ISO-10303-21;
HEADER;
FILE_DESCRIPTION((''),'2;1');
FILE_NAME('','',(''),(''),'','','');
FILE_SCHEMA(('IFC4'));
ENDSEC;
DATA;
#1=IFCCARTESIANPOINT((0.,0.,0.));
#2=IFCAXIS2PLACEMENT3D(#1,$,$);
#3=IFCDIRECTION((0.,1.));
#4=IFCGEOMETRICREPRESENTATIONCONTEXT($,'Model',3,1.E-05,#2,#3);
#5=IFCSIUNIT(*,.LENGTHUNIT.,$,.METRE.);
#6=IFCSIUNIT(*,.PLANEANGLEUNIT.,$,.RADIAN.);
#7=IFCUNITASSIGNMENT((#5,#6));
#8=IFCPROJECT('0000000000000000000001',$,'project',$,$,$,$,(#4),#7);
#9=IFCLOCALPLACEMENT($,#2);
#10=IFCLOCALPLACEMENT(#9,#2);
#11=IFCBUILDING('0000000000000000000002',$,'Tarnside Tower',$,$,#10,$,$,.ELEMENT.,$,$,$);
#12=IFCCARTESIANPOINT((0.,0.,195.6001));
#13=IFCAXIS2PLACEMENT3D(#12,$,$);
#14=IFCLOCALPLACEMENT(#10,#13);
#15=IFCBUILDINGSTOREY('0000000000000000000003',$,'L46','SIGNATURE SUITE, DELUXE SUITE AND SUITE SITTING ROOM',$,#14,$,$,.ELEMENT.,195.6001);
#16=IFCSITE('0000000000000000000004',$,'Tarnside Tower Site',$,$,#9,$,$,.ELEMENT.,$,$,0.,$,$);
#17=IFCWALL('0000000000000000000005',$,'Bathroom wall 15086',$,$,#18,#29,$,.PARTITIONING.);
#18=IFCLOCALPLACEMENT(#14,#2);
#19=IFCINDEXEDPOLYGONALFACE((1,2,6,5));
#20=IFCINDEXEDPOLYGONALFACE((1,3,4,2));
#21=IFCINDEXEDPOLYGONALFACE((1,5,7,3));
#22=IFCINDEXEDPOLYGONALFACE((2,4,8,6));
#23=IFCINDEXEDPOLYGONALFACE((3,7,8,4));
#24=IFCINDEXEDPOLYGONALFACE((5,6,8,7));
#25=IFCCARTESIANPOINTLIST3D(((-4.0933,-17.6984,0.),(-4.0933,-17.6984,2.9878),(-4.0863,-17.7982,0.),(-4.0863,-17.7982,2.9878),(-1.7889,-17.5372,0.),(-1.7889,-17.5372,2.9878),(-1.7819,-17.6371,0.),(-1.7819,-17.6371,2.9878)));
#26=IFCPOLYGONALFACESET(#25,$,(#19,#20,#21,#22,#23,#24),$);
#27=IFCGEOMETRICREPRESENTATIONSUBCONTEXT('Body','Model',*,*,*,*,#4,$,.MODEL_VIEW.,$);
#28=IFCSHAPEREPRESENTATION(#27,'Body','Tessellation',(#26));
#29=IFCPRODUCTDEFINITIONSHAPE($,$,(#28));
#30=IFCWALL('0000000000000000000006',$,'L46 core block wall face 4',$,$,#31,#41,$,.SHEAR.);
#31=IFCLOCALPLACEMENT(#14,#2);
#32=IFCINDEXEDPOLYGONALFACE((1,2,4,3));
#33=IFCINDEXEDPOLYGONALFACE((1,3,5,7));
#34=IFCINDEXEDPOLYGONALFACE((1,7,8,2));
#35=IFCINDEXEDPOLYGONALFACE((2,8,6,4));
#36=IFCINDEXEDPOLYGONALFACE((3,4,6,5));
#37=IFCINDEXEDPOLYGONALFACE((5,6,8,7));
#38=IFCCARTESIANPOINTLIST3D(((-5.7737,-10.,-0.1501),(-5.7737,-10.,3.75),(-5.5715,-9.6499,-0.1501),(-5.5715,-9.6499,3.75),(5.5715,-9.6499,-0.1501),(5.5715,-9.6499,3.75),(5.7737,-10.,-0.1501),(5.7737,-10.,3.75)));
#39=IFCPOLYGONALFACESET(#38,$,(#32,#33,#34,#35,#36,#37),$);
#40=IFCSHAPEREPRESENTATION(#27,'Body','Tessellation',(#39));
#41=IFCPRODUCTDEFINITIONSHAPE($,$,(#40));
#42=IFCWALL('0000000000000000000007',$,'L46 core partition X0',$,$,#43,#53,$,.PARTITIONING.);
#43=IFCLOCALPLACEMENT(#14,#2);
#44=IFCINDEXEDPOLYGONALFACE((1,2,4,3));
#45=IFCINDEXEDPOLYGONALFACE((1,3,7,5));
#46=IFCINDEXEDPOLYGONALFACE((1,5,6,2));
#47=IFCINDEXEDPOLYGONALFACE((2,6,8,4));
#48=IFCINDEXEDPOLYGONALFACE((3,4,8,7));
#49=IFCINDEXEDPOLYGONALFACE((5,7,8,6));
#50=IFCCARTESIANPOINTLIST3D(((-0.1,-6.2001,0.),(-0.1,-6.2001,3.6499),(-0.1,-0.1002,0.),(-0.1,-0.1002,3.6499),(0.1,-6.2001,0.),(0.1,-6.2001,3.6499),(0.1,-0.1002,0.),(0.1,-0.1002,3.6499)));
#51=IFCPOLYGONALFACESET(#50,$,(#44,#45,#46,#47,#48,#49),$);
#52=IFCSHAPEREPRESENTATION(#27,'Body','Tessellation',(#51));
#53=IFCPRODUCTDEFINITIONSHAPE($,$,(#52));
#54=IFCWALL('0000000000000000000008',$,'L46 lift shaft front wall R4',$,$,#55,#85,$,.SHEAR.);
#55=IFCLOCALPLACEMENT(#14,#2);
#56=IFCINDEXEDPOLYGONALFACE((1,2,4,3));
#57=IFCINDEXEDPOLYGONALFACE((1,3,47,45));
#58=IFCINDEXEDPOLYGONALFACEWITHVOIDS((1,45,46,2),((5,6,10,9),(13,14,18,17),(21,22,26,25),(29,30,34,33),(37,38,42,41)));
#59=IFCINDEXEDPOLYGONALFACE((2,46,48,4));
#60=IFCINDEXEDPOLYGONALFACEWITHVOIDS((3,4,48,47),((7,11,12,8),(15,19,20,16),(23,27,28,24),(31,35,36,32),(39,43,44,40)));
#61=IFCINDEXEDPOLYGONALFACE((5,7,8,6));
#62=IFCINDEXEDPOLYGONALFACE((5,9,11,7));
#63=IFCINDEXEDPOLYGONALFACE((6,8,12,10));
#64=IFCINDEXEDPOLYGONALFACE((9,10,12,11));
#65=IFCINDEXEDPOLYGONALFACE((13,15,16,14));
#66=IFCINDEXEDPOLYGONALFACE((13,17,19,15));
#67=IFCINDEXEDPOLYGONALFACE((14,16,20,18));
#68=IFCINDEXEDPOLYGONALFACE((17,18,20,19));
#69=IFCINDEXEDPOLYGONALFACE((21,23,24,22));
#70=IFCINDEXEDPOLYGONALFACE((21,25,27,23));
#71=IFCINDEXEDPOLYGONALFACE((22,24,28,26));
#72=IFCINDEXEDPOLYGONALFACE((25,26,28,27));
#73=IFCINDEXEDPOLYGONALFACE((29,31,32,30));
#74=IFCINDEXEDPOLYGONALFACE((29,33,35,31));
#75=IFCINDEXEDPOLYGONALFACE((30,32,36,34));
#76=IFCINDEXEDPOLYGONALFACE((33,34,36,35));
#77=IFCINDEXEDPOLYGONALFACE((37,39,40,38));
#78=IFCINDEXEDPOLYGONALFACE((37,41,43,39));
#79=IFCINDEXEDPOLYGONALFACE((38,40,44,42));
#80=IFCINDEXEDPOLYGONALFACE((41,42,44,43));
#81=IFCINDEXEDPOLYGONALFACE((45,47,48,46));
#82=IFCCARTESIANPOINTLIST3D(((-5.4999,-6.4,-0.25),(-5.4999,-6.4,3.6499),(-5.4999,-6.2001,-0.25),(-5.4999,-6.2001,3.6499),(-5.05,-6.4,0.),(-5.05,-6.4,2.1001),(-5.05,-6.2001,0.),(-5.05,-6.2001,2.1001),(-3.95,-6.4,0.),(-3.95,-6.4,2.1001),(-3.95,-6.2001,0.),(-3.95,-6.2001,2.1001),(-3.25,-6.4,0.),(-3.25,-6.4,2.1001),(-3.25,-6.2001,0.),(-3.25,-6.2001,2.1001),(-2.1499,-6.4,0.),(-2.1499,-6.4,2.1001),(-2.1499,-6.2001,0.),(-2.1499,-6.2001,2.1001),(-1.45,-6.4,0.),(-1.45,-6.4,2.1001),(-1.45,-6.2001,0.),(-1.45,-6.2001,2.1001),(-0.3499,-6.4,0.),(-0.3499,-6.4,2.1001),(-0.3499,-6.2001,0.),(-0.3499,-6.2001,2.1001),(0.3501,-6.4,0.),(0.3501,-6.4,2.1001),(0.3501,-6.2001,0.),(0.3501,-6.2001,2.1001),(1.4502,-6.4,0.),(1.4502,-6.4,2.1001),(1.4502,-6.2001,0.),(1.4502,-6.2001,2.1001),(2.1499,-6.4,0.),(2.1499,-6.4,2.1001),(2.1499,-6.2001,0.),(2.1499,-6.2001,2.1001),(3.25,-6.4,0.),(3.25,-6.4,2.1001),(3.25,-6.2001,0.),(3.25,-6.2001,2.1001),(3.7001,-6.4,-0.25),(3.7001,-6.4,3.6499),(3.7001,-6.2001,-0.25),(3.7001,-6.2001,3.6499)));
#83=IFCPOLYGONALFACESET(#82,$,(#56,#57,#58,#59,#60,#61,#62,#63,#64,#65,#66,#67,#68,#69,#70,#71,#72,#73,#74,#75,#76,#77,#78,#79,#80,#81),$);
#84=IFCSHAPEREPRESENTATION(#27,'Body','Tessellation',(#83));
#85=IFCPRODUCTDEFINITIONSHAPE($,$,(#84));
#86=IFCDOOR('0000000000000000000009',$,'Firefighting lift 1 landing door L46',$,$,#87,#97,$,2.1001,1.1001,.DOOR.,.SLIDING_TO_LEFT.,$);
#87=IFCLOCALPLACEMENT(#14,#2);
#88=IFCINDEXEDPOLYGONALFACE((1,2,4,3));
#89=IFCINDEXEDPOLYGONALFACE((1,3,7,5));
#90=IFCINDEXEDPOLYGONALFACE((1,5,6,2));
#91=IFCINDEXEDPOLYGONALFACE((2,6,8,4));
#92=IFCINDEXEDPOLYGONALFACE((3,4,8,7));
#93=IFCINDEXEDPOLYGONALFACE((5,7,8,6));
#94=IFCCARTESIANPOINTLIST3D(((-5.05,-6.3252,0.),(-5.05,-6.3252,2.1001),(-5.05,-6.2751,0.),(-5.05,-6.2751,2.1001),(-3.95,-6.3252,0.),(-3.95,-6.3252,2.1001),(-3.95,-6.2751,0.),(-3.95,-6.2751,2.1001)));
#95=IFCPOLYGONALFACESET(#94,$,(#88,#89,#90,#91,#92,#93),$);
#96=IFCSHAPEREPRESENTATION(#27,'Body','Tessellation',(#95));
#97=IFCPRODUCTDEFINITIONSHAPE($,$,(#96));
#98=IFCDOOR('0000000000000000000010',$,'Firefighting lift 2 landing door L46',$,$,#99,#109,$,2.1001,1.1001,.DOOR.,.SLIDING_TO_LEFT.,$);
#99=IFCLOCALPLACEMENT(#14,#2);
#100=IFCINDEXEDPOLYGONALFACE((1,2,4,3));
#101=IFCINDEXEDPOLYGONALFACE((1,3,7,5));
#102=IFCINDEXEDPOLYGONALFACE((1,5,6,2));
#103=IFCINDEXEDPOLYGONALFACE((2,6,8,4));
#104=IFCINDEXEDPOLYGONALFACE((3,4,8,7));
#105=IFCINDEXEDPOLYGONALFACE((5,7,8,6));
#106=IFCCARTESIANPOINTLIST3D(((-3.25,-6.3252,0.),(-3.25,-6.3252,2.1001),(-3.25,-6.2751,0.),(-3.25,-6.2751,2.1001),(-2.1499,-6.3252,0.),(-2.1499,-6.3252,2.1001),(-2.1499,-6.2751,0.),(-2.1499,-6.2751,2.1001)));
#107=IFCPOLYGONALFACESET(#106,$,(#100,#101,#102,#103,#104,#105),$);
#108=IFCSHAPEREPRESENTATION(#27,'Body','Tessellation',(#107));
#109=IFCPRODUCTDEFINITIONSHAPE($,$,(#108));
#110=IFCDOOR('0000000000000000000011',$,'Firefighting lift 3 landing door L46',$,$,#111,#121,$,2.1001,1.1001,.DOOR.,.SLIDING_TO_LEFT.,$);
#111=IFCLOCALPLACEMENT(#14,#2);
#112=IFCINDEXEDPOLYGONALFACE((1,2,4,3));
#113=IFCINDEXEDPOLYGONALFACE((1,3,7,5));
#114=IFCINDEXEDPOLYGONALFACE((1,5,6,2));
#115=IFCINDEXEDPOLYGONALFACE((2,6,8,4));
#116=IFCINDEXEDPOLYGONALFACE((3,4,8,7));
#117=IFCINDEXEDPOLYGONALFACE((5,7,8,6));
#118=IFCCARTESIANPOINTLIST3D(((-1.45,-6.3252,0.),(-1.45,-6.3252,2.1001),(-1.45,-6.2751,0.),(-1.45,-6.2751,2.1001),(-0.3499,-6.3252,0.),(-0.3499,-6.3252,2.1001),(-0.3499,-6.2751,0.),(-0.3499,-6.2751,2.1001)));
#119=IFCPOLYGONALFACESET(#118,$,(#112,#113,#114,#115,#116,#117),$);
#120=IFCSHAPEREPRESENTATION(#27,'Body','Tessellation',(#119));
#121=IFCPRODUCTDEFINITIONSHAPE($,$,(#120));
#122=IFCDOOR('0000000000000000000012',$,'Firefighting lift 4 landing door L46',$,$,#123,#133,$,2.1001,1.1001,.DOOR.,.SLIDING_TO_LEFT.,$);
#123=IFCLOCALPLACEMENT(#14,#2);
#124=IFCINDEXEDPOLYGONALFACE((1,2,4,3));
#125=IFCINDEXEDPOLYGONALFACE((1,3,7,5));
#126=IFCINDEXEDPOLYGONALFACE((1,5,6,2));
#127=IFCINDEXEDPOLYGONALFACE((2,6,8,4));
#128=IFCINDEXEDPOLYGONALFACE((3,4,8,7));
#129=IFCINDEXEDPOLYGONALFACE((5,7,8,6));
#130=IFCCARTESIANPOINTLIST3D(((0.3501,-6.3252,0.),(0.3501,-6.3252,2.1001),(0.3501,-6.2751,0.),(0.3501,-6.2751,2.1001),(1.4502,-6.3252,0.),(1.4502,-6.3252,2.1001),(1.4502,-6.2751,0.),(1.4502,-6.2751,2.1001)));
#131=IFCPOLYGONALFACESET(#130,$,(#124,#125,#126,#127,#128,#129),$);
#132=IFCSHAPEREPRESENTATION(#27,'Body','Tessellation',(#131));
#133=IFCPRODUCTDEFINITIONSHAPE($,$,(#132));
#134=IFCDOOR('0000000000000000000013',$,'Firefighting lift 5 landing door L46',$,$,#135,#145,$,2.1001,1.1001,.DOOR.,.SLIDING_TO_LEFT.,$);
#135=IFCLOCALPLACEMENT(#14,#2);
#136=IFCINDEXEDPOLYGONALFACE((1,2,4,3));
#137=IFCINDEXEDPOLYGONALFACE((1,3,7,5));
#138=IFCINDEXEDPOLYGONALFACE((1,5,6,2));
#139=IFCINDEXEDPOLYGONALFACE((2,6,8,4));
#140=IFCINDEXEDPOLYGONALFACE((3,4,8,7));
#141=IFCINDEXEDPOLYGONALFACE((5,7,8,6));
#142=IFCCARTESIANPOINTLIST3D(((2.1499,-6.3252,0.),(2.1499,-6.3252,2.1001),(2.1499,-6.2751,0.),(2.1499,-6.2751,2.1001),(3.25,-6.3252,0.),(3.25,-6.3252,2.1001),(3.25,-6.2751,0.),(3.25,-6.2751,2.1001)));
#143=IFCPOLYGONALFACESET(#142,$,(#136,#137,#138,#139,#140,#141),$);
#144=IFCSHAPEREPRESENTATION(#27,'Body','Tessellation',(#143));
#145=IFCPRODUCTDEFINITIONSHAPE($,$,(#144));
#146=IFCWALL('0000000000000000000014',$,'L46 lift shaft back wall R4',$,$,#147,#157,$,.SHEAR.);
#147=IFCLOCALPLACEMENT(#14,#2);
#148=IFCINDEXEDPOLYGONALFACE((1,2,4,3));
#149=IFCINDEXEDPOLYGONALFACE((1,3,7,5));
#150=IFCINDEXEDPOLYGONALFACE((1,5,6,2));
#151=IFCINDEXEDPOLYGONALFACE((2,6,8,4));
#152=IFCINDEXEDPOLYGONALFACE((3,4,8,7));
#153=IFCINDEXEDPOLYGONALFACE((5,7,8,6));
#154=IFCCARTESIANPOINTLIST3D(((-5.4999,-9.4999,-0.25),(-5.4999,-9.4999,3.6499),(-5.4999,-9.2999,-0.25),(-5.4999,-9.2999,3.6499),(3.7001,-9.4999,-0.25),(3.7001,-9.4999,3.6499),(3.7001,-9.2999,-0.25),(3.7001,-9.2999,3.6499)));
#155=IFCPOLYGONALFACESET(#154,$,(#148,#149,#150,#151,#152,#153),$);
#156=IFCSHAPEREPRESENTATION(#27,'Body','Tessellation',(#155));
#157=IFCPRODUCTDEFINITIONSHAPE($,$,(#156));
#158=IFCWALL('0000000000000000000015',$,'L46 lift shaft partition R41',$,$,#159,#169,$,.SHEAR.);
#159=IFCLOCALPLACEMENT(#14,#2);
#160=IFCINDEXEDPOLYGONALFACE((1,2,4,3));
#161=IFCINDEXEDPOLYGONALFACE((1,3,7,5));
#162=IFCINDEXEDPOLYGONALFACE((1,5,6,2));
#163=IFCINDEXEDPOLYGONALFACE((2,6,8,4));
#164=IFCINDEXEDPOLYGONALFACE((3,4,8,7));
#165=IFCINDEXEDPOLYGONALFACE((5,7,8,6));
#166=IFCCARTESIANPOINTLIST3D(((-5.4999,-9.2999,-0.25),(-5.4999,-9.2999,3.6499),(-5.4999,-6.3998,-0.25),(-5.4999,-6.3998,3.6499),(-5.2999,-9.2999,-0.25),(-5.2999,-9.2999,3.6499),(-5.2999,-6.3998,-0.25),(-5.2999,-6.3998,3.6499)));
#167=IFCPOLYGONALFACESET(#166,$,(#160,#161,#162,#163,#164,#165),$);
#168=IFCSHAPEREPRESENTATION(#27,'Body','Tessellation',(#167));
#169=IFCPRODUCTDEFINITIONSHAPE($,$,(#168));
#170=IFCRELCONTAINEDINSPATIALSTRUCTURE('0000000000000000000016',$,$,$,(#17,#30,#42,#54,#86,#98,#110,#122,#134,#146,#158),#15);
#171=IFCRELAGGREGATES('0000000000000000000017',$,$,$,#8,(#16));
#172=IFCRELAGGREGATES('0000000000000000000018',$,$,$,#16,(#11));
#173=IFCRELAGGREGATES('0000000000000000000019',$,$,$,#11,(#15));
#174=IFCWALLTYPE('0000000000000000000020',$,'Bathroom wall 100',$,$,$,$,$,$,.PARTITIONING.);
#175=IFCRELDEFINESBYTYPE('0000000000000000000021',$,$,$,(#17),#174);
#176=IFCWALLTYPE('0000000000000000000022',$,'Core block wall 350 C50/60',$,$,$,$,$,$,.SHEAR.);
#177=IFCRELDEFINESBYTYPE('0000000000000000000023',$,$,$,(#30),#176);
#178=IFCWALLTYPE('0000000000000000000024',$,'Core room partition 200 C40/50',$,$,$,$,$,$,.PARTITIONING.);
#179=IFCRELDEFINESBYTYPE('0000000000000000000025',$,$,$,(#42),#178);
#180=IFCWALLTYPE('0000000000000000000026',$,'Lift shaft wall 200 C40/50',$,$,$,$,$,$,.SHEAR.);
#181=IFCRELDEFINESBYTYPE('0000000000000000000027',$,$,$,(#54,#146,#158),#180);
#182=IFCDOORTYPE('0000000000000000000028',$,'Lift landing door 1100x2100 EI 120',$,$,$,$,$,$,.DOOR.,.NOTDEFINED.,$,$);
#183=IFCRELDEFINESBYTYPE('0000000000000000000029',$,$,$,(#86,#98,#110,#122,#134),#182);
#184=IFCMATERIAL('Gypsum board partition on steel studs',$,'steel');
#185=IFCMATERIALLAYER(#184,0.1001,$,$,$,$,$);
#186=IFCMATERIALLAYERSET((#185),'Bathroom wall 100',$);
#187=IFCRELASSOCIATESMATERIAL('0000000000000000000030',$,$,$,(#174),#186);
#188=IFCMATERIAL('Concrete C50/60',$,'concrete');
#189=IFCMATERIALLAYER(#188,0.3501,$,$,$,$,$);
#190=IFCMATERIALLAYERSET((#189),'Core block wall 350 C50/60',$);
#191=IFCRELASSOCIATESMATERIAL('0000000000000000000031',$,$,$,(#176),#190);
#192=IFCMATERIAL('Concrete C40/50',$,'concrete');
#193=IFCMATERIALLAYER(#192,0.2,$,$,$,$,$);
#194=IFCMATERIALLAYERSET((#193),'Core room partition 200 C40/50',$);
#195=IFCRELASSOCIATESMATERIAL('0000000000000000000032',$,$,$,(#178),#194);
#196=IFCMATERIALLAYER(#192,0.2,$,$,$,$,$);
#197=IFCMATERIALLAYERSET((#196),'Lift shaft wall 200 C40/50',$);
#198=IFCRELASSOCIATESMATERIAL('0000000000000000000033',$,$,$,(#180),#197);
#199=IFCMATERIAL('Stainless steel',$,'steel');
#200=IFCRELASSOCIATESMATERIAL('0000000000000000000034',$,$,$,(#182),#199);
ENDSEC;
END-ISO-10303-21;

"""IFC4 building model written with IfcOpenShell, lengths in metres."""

from ifc_helpers import new_model, si_unit, direction, frame, frame_2d, origin, place, context, subcontext, project, spatial, polyline, rectangle, outline, extrude, material, layer, layer_set, type_object, element, fill, save


model = new_model("IFC4")

# Units and contexts
model_context = context("Model", 3, precision=1e-05, world=origin(), true_north=direction((0.0, 1.0)))
body_context = subcontext(model_context, "Body", "Model", "MODEL_VIEW")
ifc_project = project(units=[si_unit("LENGTHUNIT", "METRE"), si_unit("PLANEANGLEUNIT", "RADIAN")], contexts=[model_context])

# Site, building, storey
site_placement = place(None, origin())
site = spatial("IfcSite", under=ifc_project, at=site_placement, Name="Tarnside Tower Site", CompositionType="ELEMENT", RefElevation=0.0)
building_placement = place(site_placement, origin())
building = spatial("IfcBuilding", under=site, at=building_placement, Name="Tarnside Tower", CompositionType="ELEMENT")
storey_placement = place(building_placement, frame((0.0, 0.0, 195.6001)))
storey = spatial("IfcBuildingStorey", under=building, at=storey_placement, Name="L46", Description="SIGNATURE SUITE, DELUXE SUITE AND SUITE SITTING ROOM", CompositionType="ELEMENT", Elevation=195.6001)

# Walls
ifc_material_1 = material(Name="Gypsum board partition on steel studs", Category="steel")
ifc_layer_1 = layer(ifc_material_1, 0.1001)
ifc_layer_set_1 = layer_set([ifc_layer_1], Name="Bathroom wall 100")
wall_type_1 = type_object("IfcWallType", Name="Bathroom wall 100", PredefinedType="PARTITIONING", material=ifc_layer_set_1)
wall_1_placement = place(storey_placement, frame((-1.7854, -17.5872, 0.0), z_axis=(0.0, 0.0, 1.0), x_axis=(-0.997564, -0.069752, 0.0)))
element("IfcWall", 1, at=wall_1_placement, inside=storey, type_object=wall_type_1, Name="Bathroom wall 15086", PredefinedType="PARTITIONING", context=body_context, shape_type="SweptSolid", body=[
    extrude(rectangle(XDim=2.3101, YDim=0.1001, at=frame_2d((1.155, 0.0))), origin(), (0.0, 0.0, 1.0), 2.9878),
])
ifc_material_2 = material(Name="Concrete C50/60", Category="concrete")
ifc_layer_2 = layer(ifc_material_2, 0.3501)
ifc_layer_set_2 = layer_set([ifc_layer_2], Name="Core block wall 350 C50/60")
wall_type_2 = type_object("IfcWallType", Name="Core block wall 350 C50/60", PredefinedType="SHEAR", material=ifc_layer_set_2)
wall_2_placement = place(storey_placement, frame((-5.6726, -9.825, -0.1501), z_axis=(0.0, 0.0, 1.0), x_axis=(1.0, 0.0, 0.0)))
element("IfcWall", 2, at=wall_2_placement, inside=storey, type_object=wall_type_2, Name="L46 core block wall face 4", PredefinedType="SHEAR", context=body_context, shape_type="SweptSolid", body=[
    extrude(outline(polyline([(-0.1011, -0.175), (11.4463, -0.175), (11.2441, 0.175), (0.1011, 0.175), (-0.1011, -0.175)])), origin(), (0.0, 0.0, 1.0), 3.9001),
])
ifc_material_3 = material(Name="Concrete C40/50", Category="concrete")
ifc_layer_3 = layer(ifc_material_3, 0.2)
ifc_layer_set_3 = layer_set([ifc_layer_3], Name="Core room partition 200 C40/50")
wall_type_3 = type_object("IfcWallType", Name="Core room partition 200 C40/50", PredefinedType="PARTITIONING", material=ifc_layer_set_3)
wall_3_placement = place(storey_placement, frame((0.0, -6.2, 0.0), z_axis=(0.0, 0.0, 1.0), x_axis=(0.0, 1.0, 0.0)))
element("IfcWall", 3, at=wall_3_placement, inside=storey, type_object=wall_type_3, Name="L46 core partition X0", PredefinedType="PARTITIONING", context=body_context, shape_type="SweptSolid", body=[
    extrude(rectangle(XDim=6.0999, YDim=0.2, at=frame_2d((3.0498, 0.0))), origin(), (0.0, 0.0, 1.0), 3.6499),
])

# Wall, openings, doors
ifc_layer_4 = layer(ifc_material_3, 0.2)
ifc_layer_set_4 = layer_set([ifc_layer_4], Name="Lift shaft wall 200 C40/50")
wall_type_4 = type_object("IfcWallType", Name="Lift shaft wall 200 C40/50", PredefinedType="SHEAR", material=ifc_layer_set_4)
wall_4_placement = place(storey_placement, frame((-5.5, -6.3, -0.25), z_axis=(0.0, 0.0, 1.0), x_axis=(1.0, 0.0, 0.0)))
wall_4 = element("IfcWall", 4, at=wall_4_placement, inside=storey, type_object=wall_type_4, Name="L46 lift shaft front wall R4", PredefinedType="SHEAR", context=body_context, shape_type="SweptSolid", body=[
    extrude(rectangle(XDim=9.2, YDim=0.2, at=frame_2d((4.6001, 0.0))), origin(), (0.0, 0.0, 1.0), 3.8999),
])
opening_1_placement = place(wall_4_placement, frame((0.45, 0.0, 0.25)))
opening_1 = element("IfcOpeningElement", 5, at=opening_1_placement, cuts=wall_4, PredefinedType="OPENING", context=body_context, shape_type="SweptSolid", body=[
    extrude(rectangle(XDim=1.1001, YDim=2.1001, at=frame_2d((0.55, 1.05))), frame((0.0, 0.1099, 0.0), z_axis=(0.0, -1.0, 0.0), x_axis=(1.0, 0.0, 0.0)), (0.0, 0.0, 1.0), 0.22),
])
opening_2_placement = place(wall_4_placement, frame((2.25, 0.0, 0.25)))
opening_2 = element("IfcOpeningElement", 6, at=opening_2_placement, cuts=wall_4, PredefinedType="OPENING", context=body_context, shape_type="SweptSolid", body=[
    extrude(rectangle(XDim=1.1001, YDim=2.1001, at=frame_2d((0.55, 1.05))), frame((0.0, 0.1099, 0.0), z_axis=(0.0, -1.0, 0.0), x_axis=(1.0, 0.0, 0.0)), (0.0, 0.0, 1.0), 0.22),
])
opening_3_placement = place(wall_4_placement, frame((4.05, 0.0, 0.25)))
opening_3 = element("IfcOpeningElement", 7, at=opening_3_placement, cuts=wall_4, PredefinedType="OPENING", context=body_context, shape_type="SweptSolid", body=[
    extrude(rectangle(XDim=1.1001, YDim=2.1001, at=frame_2d((0.55, 1.05))), frame((0.0, 0.1099, 0.0), z_axis=(0.0, -1.0, 0.0), x_axis=(1.0, 0.0, 0.0)), (0.0, 0.0, 1.0), 0.22),
])
opening_4_placement = place(wall_4_placement, frame((5.8501, 0.0, 0.25)))
opening_4 = element("IfcOpeningElement", 8, at=opening_4_placement, cuts=wall_4, PredefinedType="OPENING", context=body_context, shape_type="SweptSolid", body=[
    extrude(rectangle(XDim=1.1001, YDim=2.1001, at=frame_2d((0.55, 1.05))), frame((0.0, 0.1099, 0.0), z_axis=(0.0, -1.0, 0.0), x_axis=(1.0, 0.0, 0.0)), (0.0, 0.0, 1.0), 0.22),
])
opening_5_placement = place(wall_4_placement, frame((7.6499, 0.0, 0.25)))
opening_5 = element("IfcOpeningElement", 9, at=opening_5_placement, cuts=wall_4, PredefinedType="OPENING", context=body_context, shape_type="SweptSolid", body=[
    extrude(rectangle(XDim=1.1001, YDim=2.1001, at=frame_2d((0.55, 1.05))), frame((0.0, 0.1099, 0.0), z_axis=(0.0, -1.0, 0.0), x_axis=(1.0, 0.0, 0.0)), (0.0, 0.0, 1.0), 0.22),
])
ifc_material_4 = material(Name="Stainless steel", Category="steel")
door_type = type_object("IfcDoorType", Name="Lift landing door 1100x2100 EI 120", OperationType="NOTDEFINED", PredefinedType="DOOR", material=ifc_material_4)
door_1_placement = place(opening_1_placement, origin())
door_1 = element("IfcDoor", 10, at=door_1_placement, inside=storey, type_object=door_type, Name="Firefighting lift 1 landing door L46", OperationType="SLIDING_TO_LEFT", OverallHeight=2.1001, OverallWidth=1.1001, PredefinedType="DOOR", context=body_context, shape_type="SweptSolid", body=[
    extrude(rectangle(XDim=1.1001, YDim=2.1001, at=frame_2d((0.55, 1.05))), frame((0.0, 0.0249, 0.0), z_axis=(0.0, -1.0, 0.0), x_axis=(1.0, 0.0, 0.0)), (0.0, 0.0, 1.0), 0.05),
])
fill(opening_1, door_1)
door_2_placement = place(opening_2_placement, origin())
door_2 = element("IfcDoor", 11, at=door_2_placement, inside=storey, type_object=door_type, Name="Firefighting lift 2 landing door L46", OperationType="SLIDING_TO_LEFT", OverallHeight=2.1001, OverallWidth=1.1001, PredefinedType="DOOR", context=body_context, shape_type="SweptSolid", body=[
    extrude(rectangle(XDim=1.1001, YDim=2.1001, at=frame_2d((0.55, 1.05))), frame((0.0, 0.0249, 0.0), z_axis=(0.0, -1.0, 0.0), x_axis=(1.0, 0.0, 0.0)), (0.0, 0.0, 1.0), 0.05),
])
fill(opening_2, door_2)
door_3_placement = place(opening_3_placement, origin())
door_3 = element("IfcDoor", 12, at=door_3_placement, inside=storey, type_object=door_type, Name="Firefighting lift 3 landing door L46", OperationType="SLIDING_TO_LEFT", OverallHeight=2.1001, OverallWidth=1.1001, PredefinedType="DOOR", context=body_context, shape_type="SweptSolid", body=[
    extrude(rectangle(XDim=1.1001, YDim=2.1001, at=frame_2d((0.55, 1.05))), frame((0.0, 0.0249, 0.0), z_axis=(0.0, -1.0, 0.0), x_axis=(1.0, 0.0, 0.0)), (0.0, 0.0, 1.0), 0.05),
])
fill(opening_3, door_3)
door_4_placement = place(opening_4_placement, origin())
door_4 = element("IfcDoor", 13, at=door_4_placement, inside=storey, type_object=door_type, Name="Firefighting lift 4 landing door L46", OperationType="SLIDING_TO_LEFT", OverallHeight=2.1001, OverallWidth=1.1001, PredefinedType="DOOR", context=body_context, shape_type="SweptSolid", body=[
    extrude(rectangle(XDim=1.1001, YDim=2.1001, at=frame_2d((0.55, 1.05))), frame((0.0, 0.0249, 0.0), z_axis=(0.0, -1.0, 0.0), x_axis=(1.0, 0.0, 0.0)), (0.0, 0.0, 1.0), 0.05),
])
fill(opening_4, door_4)
door_5_placement = place(opening_5_placement, origin())
door_5 = element("IfcDoor", 14, at=door_5_placement, inside=storey, type_object=door_type, Name="Firefighting lift 5 landing door L46", OperationType="SLIDING_TO_LEFT", OverallHeight=2.1001, OverallWidth=1.1001, PredefinedType="DOOR", context=body_context, shape_type="SweptSolid", body=[
    extrude(rectangle(XDim=1.1001, YDim=2.1001, at=frame_2d((0.55, 1.05))), frame((0.0, 0.0249, 0.0), z_axis=(0.0, -1.0, 0.0), x_axis=(1.0, 0.0, 0.0)), (0.0, 0.0, 1.0), 0.05),
])
fill(opening_5, door_5)

# Walls
wall_5_placement = place(storey_placement, frame((-5.5, -9.3999, -0.25), z_axis=(0.0, 0.0, 1.0), x_axis=(1.0, 0.0, 0.0)))
element("IfcWall", 15, at=wall_5_placement, inside=storey, type_object=wall_type_4, Name="L46 lift shaft back wall R4", PredefinedType="SHEAR", context=body_context, shape_type="SweptSolid", body=[
    extrude(rectangle(XDim=9.2, YDim=0.2, at=frame_2d((4.6001, 0.0))), origin(), (0.0, 0.0, 1.0), 3.8999),
])
for number, where, z_axis, x_axis, name in (
    (16, (-5.3999, -9.3, -0.25), (0.0, 0.0, 1.0), (0.0, 1.0, 0.0), "L46 lift shaft partition R41"),
):
    element("IfcWall", number, at=place(storey_placement, frame(where, z_axis=z_axis, x_axis=x_axis)), inside=storey, type_object=wall_type_4, Name=name, PredefinedType="SHEAR", context=body_context, shape_type="SweptSolid", body=[
        extrude(rectangle(XDim=2.9001, YDim=0.2, at=frame_2d((1.4502, 0.0))), origin(), (0.0, 0.0, 1.0), 3.8999),
    ])

save(model, "model.ifc")
